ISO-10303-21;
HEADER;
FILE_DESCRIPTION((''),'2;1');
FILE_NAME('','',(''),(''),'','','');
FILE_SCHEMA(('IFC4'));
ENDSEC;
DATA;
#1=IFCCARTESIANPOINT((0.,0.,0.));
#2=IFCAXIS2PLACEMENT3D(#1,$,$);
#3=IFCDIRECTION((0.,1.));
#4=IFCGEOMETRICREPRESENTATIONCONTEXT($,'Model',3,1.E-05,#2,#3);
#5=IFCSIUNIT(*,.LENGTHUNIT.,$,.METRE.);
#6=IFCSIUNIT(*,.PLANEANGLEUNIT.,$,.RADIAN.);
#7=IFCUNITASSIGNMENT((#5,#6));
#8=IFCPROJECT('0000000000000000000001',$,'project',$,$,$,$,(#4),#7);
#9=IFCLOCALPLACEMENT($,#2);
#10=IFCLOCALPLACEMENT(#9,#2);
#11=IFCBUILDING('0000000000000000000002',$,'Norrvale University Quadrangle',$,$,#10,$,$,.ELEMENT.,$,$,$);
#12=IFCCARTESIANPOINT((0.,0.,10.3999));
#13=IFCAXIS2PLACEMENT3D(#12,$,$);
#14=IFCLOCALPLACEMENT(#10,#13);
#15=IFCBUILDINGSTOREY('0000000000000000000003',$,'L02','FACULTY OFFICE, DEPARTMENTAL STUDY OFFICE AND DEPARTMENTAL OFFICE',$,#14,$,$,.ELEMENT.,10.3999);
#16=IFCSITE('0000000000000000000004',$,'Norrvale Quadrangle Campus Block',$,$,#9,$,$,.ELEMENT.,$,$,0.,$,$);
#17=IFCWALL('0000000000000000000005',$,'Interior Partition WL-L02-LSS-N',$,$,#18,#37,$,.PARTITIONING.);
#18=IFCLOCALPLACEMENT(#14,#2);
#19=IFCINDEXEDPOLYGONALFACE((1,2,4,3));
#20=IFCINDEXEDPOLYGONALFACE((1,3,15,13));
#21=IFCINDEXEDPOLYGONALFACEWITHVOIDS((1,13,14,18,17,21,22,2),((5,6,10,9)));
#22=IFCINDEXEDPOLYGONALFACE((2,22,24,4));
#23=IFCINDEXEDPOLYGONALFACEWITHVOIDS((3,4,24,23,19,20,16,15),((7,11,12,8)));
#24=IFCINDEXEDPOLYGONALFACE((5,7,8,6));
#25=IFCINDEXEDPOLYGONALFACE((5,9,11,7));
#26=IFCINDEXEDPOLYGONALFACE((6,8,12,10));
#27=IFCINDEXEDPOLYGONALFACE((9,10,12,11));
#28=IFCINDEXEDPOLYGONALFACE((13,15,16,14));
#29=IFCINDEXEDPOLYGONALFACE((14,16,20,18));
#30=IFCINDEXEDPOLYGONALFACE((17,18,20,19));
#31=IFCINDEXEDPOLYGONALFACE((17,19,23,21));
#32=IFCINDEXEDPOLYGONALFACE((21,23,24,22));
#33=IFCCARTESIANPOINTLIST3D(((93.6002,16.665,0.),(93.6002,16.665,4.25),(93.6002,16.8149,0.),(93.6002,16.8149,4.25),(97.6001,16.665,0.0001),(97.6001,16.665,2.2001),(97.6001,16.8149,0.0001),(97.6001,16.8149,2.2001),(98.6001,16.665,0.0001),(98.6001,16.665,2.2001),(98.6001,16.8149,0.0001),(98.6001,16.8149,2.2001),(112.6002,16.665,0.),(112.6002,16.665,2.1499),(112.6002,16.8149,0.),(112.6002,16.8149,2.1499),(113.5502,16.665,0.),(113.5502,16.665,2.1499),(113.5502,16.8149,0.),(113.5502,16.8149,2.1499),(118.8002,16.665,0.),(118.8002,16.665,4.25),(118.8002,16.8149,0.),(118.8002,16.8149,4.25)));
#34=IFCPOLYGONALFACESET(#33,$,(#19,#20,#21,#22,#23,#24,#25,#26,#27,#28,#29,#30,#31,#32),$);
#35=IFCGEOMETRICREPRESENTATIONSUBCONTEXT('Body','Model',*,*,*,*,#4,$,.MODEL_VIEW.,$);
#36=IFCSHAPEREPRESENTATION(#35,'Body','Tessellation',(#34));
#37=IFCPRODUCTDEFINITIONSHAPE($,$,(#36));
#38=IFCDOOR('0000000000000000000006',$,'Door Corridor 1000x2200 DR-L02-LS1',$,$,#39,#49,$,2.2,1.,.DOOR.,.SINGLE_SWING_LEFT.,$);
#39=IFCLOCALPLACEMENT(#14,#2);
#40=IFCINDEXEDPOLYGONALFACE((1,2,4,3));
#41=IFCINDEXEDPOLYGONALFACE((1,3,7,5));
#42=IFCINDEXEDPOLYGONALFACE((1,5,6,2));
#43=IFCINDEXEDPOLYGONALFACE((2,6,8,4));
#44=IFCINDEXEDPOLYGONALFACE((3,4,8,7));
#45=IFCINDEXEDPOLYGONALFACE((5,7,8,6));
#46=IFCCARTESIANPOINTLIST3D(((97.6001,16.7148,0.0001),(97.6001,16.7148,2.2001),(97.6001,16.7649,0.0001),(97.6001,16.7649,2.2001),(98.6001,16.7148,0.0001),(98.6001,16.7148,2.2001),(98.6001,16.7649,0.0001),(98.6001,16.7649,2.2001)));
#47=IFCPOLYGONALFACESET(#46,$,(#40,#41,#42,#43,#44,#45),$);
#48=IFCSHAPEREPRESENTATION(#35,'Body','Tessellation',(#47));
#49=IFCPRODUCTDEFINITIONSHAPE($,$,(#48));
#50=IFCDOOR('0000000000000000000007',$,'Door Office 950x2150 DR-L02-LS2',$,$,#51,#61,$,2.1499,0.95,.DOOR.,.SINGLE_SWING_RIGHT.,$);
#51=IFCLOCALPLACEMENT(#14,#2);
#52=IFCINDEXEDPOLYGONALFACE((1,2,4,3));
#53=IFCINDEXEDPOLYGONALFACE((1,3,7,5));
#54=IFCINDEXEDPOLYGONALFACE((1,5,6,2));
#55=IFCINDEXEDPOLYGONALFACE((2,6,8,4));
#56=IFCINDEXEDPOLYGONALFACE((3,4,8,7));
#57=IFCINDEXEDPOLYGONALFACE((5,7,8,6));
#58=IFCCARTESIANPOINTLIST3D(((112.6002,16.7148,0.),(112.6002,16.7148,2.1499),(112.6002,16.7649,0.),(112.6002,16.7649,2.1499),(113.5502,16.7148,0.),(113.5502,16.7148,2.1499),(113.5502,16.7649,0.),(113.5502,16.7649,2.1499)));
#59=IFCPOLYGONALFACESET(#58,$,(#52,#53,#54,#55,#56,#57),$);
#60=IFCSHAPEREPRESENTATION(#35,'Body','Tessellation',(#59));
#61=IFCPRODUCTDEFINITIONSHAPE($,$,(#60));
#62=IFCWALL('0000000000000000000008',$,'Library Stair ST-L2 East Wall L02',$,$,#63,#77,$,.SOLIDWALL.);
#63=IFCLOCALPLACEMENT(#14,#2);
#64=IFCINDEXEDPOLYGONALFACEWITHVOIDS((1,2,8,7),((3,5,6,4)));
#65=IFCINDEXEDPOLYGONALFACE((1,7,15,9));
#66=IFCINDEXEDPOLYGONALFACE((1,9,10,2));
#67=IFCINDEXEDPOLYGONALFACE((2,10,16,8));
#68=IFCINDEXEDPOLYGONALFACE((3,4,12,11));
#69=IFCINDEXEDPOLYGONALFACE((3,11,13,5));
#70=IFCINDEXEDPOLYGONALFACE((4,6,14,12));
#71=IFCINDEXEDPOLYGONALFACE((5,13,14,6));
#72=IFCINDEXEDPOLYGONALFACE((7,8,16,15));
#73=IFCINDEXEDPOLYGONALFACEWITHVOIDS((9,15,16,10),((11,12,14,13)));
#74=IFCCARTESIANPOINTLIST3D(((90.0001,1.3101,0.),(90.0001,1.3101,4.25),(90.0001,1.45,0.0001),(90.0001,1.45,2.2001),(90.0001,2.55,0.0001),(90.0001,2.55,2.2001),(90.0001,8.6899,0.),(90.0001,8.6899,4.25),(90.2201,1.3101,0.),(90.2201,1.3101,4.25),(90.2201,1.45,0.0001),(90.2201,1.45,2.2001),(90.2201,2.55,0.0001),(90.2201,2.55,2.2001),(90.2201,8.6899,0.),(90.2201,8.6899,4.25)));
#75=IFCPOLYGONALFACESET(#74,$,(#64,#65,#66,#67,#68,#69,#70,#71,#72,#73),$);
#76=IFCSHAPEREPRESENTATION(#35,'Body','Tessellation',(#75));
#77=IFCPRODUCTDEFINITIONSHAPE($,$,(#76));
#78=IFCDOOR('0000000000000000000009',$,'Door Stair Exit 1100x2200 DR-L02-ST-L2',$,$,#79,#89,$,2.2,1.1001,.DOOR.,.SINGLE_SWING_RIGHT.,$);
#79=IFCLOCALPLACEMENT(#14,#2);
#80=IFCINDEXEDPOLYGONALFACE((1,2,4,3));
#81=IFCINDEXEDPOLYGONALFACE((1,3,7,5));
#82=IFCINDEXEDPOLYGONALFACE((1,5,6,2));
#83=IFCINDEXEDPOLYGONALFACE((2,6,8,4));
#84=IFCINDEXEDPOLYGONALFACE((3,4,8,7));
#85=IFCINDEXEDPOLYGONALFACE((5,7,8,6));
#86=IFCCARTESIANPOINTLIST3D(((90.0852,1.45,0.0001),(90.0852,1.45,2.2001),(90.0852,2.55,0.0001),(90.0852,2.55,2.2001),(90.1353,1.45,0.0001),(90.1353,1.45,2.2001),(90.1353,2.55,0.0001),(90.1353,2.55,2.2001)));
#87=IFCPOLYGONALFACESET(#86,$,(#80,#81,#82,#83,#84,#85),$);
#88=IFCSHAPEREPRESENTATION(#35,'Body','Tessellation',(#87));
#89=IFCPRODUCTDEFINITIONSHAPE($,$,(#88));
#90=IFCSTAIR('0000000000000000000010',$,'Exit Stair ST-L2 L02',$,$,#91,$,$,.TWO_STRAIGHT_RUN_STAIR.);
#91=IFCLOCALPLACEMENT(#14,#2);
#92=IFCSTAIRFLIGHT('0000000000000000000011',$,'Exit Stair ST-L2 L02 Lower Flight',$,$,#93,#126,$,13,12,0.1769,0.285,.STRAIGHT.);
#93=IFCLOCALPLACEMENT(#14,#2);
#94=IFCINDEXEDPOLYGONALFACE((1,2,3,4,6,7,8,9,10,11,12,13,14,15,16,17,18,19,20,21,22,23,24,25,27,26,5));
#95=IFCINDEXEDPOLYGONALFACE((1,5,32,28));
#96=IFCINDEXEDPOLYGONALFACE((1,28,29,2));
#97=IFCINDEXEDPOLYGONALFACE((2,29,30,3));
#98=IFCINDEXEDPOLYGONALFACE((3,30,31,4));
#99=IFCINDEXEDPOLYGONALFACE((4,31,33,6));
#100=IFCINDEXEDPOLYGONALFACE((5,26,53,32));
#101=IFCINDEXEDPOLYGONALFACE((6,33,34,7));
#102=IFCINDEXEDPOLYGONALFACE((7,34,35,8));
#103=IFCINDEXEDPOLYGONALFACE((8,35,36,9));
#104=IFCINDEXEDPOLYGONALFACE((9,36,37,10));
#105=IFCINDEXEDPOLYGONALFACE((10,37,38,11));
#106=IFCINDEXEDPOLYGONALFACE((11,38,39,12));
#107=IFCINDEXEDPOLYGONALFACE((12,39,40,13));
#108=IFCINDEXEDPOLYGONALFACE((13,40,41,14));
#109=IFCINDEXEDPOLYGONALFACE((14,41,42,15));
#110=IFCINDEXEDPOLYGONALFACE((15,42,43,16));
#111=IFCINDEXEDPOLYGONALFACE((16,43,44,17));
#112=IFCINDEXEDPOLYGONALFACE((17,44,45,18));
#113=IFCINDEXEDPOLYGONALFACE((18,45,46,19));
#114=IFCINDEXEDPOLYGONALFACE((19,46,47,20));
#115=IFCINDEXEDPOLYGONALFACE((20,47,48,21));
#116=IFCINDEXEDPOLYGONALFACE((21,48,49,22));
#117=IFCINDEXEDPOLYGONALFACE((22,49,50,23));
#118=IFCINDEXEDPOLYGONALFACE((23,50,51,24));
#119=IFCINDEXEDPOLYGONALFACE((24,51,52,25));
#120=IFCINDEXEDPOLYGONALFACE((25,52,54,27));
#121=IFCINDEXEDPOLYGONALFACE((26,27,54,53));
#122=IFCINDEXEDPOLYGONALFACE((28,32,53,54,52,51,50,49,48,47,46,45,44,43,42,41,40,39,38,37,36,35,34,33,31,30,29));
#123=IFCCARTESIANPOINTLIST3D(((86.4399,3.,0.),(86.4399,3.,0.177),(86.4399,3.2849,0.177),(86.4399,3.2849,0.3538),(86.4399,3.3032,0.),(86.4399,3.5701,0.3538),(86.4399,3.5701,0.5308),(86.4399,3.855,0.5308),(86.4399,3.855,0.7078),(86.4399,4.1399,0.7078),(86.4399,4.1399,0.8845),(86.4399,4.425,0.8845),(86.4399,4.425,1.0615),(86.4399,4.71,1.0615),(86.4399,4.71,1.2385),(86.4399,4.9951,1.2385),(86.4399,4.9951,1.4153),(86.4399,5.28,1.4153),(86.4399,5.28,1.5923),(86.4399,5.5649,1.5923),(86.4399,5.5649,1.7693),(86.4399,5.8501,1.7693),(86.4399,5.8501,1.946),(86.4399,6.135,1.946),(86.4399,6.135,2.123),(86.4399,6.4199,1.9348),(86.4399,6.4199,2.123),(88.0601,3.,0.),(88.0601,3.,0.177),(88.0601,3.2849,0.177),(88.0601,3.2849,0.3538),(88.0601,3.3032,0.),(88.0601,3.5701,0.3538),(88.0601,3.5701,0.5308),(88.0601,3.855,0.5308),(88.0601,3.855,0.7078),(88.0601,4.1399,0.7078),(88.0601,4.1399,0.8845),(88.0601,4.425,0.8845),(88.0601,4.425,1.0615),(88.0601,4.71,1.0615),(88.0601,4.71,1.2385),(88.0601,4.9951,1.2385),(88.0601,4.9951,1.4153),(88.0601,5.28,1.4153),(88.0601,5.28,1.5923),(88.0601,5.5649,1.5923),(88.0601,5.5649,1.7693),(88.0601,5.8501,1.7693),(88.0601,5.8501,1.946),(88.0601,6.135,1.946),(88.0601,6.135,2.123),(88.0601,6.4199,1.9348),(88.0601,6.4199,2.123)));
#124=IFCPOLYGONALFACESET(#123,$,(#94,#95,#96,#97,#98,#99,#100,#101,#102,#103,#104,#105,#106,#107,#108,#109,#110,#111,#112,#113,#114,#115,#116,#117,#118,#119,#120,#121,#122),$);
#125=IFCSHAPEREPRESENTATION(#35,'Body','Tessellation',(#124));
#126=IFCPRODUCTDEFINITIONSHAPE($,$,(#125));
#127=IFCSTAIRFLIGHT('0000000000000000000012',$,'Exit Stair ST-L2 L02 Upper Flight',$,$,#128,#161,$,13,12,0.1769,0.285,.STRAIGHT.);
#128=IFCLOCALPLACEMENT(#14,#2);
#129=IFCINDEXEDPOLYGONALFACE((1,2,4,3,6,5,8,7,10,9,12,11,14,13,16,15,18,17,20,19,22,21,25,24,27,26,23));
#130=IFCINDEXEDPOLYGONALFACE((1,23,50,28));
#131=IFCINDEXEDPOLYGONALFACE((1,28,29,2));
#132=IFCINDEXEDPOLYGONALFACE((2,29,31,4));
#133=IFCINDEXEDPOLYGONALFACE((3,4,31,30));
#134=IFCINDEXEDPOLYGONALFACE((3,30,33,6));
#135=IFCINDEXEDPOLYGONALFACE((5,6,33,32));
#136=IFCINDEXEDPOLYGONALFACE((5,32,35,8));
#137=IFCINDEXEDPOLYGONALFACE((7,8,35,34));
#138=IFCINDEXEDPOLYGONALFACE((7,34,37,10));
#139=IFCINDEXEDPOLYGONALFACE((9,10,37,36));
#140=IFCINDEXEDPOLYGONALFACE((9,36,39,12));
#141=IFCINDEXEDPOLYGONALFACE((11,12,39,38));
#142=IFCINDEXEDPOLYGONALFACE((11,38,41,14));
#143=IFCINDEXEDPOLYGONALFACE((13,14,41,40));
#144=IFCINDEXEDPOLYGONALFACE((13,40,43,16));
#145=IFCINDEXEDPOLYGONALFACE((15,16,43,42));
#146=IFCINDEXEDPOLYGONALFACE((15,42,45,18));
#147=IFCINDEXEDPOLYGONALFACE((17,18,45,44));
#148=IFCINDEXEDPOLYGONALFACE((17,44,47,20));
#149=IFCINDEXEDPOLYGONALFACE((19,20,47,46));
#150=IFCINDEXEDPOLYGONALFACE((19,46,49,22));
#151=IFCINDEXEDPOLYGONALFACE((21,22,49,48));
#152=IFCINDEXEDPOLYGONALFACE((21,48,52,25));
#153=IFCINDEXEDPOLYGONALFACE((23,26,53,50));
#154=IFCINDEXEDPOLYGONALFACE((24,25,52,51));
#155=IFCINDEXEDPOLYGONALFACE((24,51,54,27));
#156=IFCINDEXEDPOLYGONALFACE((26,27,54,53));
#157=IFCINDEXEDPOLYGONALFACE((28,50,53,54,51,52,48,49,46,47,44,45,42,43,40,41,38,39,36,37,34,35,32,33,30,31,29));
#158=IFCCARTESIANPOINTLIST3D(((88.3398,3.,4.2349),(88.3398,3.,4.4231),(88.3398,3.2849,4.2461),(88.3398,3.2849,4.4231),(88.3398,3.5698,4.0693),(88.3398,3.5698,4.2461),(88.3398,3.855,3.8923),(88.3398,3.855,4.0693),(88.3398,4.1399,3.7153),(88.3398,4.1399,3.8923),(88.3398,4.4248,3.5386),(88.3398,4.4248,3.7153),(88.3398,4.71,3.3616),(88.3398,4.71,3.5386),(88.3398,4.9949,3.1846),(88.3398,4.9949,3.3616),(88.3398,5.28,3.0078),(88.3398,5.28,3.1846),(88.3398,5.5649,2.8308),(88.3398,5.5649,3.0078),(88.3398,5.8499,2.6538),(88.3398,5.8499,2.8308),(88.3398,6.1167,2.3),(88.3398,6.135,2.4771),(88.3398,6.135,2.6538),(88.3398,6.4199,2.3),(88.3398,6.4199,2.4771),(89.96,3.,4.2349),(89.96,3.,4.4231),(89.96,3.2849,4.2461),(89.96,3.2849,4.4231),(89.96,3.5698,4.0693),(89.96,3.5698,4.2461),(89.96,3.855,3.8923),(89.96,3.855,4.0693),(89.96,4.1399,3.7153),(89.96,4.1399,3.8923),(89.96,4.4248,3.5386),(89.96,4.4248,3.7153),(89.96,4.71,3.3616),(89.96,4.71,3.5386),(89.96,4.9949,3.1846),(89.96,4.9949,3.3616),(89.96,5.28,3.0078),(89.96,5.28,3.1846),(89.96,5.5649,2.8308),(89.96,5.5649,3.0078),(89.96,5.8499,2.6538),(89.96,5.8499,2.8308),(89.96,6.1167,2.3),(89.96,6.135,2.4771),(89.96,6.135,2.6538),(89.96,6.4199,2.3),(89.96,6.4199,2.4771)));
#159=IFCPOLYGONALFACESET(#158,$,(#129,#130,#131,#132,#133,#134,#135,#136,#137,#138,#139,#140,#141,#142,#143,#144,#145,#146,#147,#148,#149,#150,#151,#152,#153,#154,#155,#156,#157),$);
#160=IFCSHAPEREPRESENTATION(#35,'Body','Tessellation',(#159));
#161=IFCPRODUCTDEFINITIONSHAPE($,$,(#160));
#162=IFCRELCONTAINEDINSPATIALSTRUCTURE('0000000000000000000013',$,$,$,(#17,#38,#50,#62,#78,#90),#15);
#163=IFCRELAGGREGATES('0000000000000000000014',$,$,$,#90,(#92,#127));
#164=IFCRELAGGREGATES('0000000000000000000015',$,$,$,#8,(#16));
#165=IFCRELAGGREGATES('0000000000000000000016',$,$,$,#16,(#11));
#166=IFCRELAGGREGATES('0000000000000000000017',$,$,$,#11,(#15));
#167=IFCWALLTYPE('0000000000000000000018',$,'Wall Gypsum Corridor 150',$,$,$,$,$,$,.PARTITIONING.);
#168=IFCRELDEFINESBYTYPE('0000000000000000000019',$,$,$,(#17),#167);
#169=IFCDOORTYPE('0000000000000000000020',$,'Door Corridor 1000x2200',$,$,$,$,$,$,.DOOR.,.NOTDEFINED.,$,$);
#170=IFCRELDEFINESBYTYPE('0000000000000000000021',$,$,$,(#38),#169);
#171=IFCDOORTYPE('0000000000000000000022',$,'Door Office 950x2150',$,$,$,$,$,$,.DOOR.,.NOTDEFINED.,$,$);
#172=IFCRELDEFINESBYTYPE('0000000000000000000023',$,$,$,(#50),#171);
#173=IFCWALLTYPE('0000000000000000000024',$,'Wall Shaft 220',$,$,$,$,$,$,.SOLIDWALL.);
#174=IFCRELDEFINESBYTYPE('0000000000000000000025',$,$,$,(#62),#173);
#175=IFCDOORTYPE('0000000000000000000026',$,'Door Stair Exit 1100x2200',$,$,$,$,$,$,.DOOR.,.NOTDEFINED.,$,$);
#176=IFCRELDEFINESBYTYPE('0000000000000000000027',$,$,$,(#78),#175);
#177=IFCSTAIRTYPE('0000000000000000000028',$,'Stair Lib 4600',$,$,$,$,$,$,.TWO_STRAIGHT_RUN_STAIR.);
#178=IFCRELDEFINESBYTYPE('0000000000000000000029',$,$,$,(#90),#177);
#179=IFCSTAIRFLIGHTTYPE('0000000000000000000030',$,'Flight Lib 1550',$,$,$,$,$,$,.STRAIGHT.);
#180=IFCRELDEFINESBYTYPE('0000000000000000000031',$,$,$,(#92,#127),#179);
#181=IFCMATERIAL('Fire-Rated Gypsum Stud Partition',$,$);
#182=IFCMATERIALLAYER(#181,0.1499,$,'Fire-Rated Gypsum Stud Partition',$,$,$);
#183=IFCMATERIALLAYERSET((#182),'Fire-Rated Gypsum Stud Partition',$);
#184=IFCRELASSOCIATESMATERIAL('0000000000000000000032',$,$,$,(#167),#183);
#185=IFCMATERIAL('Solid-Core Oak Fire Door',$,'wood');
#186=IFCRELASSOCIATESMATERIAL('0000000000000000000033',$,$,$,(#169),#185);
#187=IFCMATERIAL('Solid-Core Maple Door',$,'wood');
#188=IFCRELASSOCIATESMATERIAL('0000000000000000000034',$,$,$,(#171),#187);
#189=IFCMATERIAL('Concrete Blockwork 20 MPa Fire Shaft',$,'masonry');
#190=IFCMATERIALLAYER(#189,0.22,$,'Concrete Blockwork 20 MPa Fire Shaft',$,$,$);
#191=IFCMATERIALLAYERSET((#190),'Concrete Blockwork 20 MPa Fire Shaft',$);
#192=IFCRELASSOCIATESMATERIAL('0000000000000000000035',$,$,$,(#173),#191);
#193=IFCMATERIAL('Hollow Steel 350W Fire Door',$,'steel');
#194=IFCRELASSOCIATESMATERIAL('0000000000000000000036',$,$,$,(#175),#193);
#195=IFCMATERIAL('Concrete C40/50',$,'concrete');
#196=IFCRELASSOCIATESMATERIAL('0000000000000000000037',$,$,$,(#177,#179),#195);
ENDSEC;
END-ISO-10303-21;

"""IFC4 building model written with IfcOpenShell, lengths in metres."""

from ifc_helpers import new_model, si_unit, direction, frame, frame_2d, origin, place, context, subcontext, project, spatial, polyline, rectangle, outline, extrude, material, layer, layer_set, type_object, element, fill, aggregate, save


model = new_model("IFC4")

# Units and contexts
model_context = context("Model", 3, precision=1e-05, world=origin(), true_north=direction((0.0, 1.0)))
body_context = subcontext(model_context, "Body", "Model", "MODEL_VIEW")
ifc_project = project(units=[si_unit("LENGTHUNIT", "METRE"), si_unit("PLANEANGLEUNIT", "RADIAN")], contexts=[model_context])

# Site, building, storey
site_placement = place(None, origin())
site = spatial("IfcSite", under=ifc_project, at=site_placement, Name="Norrvale Quadrangle Campus Block", CompositionType="ELEMENT", RefElevation=0.0)
building_placement = place(site_placement, origin())
building = spatial("IfcBuilding", under=site, at=building_placement, Name="Norrvale University Quadrangle", CompositionType="ELEMENT")
storey_placement = place(building_placement, frame((0.0, 0.0, 10.3999)))
storey = spatial("IfcBuildingStorey", under=building, at=storey_placement, Name="L02", Description="FACULTY OFFICE, DEPARTMENTAL STUDY OFFICE AND DEPARTMENTAL OFFICE", CompositionType="ELEMENT", Elevation=10.3999)

# Shared definitions
ifc_material_1 = material(Name="Fire-Rated Gypsum Stud Partition")
ifc_layer_1 = layer(ifc_material_1, 0.1499, Name="Fire-Rated Gypsum Stud Partition")
ifc_layer_set_1 = layer_set([ifc_layer_1], Name="Fire-Rated Gypsum Stud Partition")
wall_type_1 = type_object("IfcWallType", Name="Wall Gypsum Corridor 150", PredefinedType="PARTITIONING", material=ifc_layer_set_1)
ifc_material_2 = material(Name="Solid-Core Oak Fire Door", Category="wood")
door_type_1 = type_object("IfcDoorType", Name="Door Corridor 1000x2200", OperationType="NOTDEFINED", PredefinedType="DOOR", material=ifc_material_2)

# Wall, openings, doors
wall_1_placement = place(storey_placement, frame((93.6001, 16.74, 0.0), z_axis=(0.0, 0.0, 1.0), x_axis=(1.0, 0.0, 0.0)))
wall_1 = element("IfcWall", 1, at=wall_1_placement, inside=storey, type_object=wall_type_1, Name="Interior Partition WL-L02-LSS-N", PredefinedType="PARTITIONING", context=body_context, shape_type="SweptSolid", body=[
    extrude(rectangle(XDim=25.2, YDim=0.1499, at=frame_2d((12.6001, 0.0))), origin(), (0.0, 0.0, 1.0), 4.25),
])
opening_1_placement = place(wall_1_placement, frame((4.0, 0.0, 0.0)))
opening_1 = element("IfcOpeningElement", 2, at=opening_1_placement, cuts=wall_1, PredefinedType="OPENING", context=body_context, shape_type="SweptSolid", body=[
    extrude(rectangle(XDim=1.0, YDim=2.2, at=frame_2d((0.5, 1.1001))), frame((0.0, 0.0869, 0.0), z_axis=(0.0, -1.0, 0.0), x_axis=(1.0, 0.0, 0.0)), (0.0, 0.0, 1.0), 0.1738),
])
opening_2_placement = place(wall_1_placement, frame((19.0, 0.0, 0.0)))
opening_2 = element("IfcOpeningElement", 3, at=opening_2_placement, cuts=wall_1, PredefinedType="OPENING", context=body_context, shape_type="SweptSolid", body=[
    extrude(rectangle(XDim=0.95, YDim=2.1499, at=frame_2d((0.4751, 1.075))), frame((0.0, 0.0869, 0.0), z_axis=(0.0, -1.0, 0.0), x_axis=(1.0, 0.0, 0.0)), (0.0, 0.0, 1.0), 0.1738),
])
door_1_placement = place(opening_1_placement, origin())
door_1 = element("IfcDoor", 4, at=door_1_placement, inside=storey, type_object=door_type_1, Name="Door Corridor 1000x2200 DR-L02-LS1", OperationType="SINGLE_SWING_LEFT", OverallHeight=2.2, OverallWidth=1.0, PredefinedType="DOOR", context=body_context, shape_type="SweptSolid", body=[
    extrude(rectangle(XDim=1.0, YDim=2.2, at=frame_2d((0.5, 1.1001))), frame((0.0, 0.0249, 0.0), z_axis=(0.0, -1.0, 0.0), x_axis=(1.0, 0.0, 0.0)), (0.0, 0.0, 1.0), 0.05),
])
fill(opening_1, door_1)
ifc_material_3 = material(Name="Solid-Core Maple Door", Category="wood")
door_type_2 = type_object("IfcDoorType", Name="Door Office 950x2150", OperationType="NOTDEFINED", PredefinedType="DOOR", material=ifc_material_3)
door_2_placement = place(opening_2_placement, origin())
door_2 = element("IfcDoor", 5, at=door_2_placement, inside=storey, type_object=door_type_2, Name="Door Office 950x2150 DR-L02-LS2", OperationType="SINGLE_SWING_RIGHT", OverallHeight=2.1499, OverallWidth=0.95, PredefinedType="DOOR", context=body_context, shape_type="SweptSolid", body=[
    extrude(rectangle(XDim=0.95, YDim=2.1499, at=frame_2d((0.4751, 1.075))), frame((0.0, 0.0249, 0.0), z_axis=(0.0, -1.0, 0.0), x_axis=(1.0, 0.0, 0.0)), (0.0, 0.0, 1.0), 0.05),
])
fill(opening_2, door_2)

# Wall, opening, door
ifc_material_4 = material(Name="Concrete Blockwork 20 MPa Fire Shaft", Category="masonry")
ifc_layer_2 = layer(ifc_material_4, 0.22, Name="Concrete Blockwork 20 MPa Fire Shaft")
ifc_layer_set_2 = layer_set([ifc_layer_2], Name="Concrete Blockwork 20 MPa Fire Shaft")
wall_type_2 = type_object("IfcWallType", Name="Wall Shaft 220", PredefinedType="SOLIDWALL", material=ifc_layer_set_2)
wall_2_placement = place(storey_placement, frame((90.1101, 1.3101, 0.0), z_axis=(0.0, 0.0, 1.0), x_axis=(0.0, 1.0, 0.0)))
wall_2 = element("IfcWall", 6, at=wall_2_placement, inside=storey, type_object=wall_type_2, Name="Library Stair ST-L2 East Wall L02", PredefinedType="SOLIDWALL", context=body_context, shape_type="SweptSolid", body=[
    extrude(rectangle(XDim=7.3799, YDim=0.22, at=frame_2d((3.6899, 0.0))), origin(), (0.0, 0.0, 1.0), 4.25),
])
opening_3_placement = place(wall_2_placement, frame((0.1399, 0.0, 0.0)))
opening_3 = element("IfcOpeningElement", 7, at=opening_3_placement, cuts=wall_2, PredefinedType="OPENING", context=body_context, shape_type="SweptSolid", body=[
    extrude(rectangle(XDim=1.1001, YDim=2.2, at=frame_2d((0.55, 1.1001))), frame((0.0, 0.1221, 0.0), z_axis=(0.0, -1.0, 0.0), x_axis=(1.0, 0.0, 0.0)), (0.0, 0.0, 1.0), 0.2439),
])
ifc_material_5 = material(Name="Hollow Steel 350W Fire Door", Category="steel")
door_type_3 = type_object("IfcDoorType", Name="Door Stair Exit 1100x2200", OperationType="NOTDEFINED", PredefinedType="DOOR", material=ifc_material_5)
door_3_placement = place(opening_3_placement, origin())
door_3 = element("IfcDoor", 8, at=door_3_placement, inside=storey, type_object=door_type_3, Name="Door Stair Exit 1100x2200 DR-L02-ST-L2", OperationType="SINGLE_SWING_RIGHT", OverallHeight=2.2, OverallWidth=1.1001, PredefinedType="DOOR", context=body_context, shape_type="SweptSolid", body=[
    extrude(rectangle(XDim=1.1001, YDim=2.2, at=frame_2d((0.55, 1.1001))), frame((0.0, 0.0249, 0.0), z_axis=(0.0, -1.0, 0.0), x_axis=(1.0, 0.0, 0.0)), (0.0, 0.0, 1.0), 0.05),
])
fill(opening_3, door_3)

# Stair, stair flights
ifc_material_6 = material(Name="Concrete C40/50", Category="concrete")
stair_type = type_object("IfcStairType", Name="Stair Lib 4600", PredefinedType="TWO_STRAIGHT_RUN_STAIR", material=ifc_material_6)
stair_placement = place(storey_placement, origin())
stair = element("IfcStair", 9, at=stair_placement, inside=storey, type_object=stair_type, Name="Exit Stair ST-L2 L02", PredefinedType="TWO_STRAIGHT_RUN_STAIR")
stair_flight_type = type_object("IfcStairFlightType", Name="Flight Lib 1550", PredefinedType="STRAIGHT", material=ifc_material_6)
stair_flight_1_placement = place(storey_placement, frame((87.25, 3.0, 0.0), z_axis=(0.0, 0.0, 1.0), x_axis=(0.0, 1.0, 0.0)))
stair_flight_1 = element("IfcStairFlight", 10, at=stair_flight_1_placement, type_object=stair_flight_type, Name="Exit Stair ST-L2 L02 Lower Flight", NumberOfRisers=13, NumberOfTreads=12, PredefinedType="STRAIGHT", RiserHeight=0.1769, TreadLength=0.285, context=body_context, shape_type="SweptSolid", body=[
    extrude(outline(polyline([(0.0, 0.0), (0.0, 0.177), (0.2849, 0.177), (0.2849, 0.3538), (0.5701, 0.3538), (0.5701, 0.5308), (0.855, 0.5308), (0.855, 0.7078), (1.1399, 0.7078), (1.1399, 0.8845), (1.425, 0.8845), (1.425, 1.0615), (1.71, 1.0615), (1.71, 1.2385), (1.9951, 1.2385), (1.9951, 1.4153), (2.28, 1.4153), (2.28, 1.5923), (2.5649, 1.5923), (2.5649, 1.7693), (2.8501, 1.7693), (2.8501, 1.946), (3.135, 1.946), (3.135, 2.123), (3.4199, 2.123), (3.4199, 2.3), (3.4199, 1.9348), (0.3032, 0.0), (0.0, 0.0)])), frame((0.0, 0.8101, 0.0), z_axis=(0.0, -1.0, 0.0), x_axis=(1.0, 0.0, 0.0)), (0.0, 0.0, 1.0), 1.6201),
])
stair_flight_2_placement = place(storey_placement, frame((89.1499, 6.4199, 2.3), z_axis=(0.0, 0.0, 1.0), x_axis=(0.0, -1.0, 0.0)))
stair_flight_2 = element("IfcStairFlight", 11, at=stair_flight_2_placement, type_object=stair_flight_type, Name="Exit Stair ST-L2 L02 Upper Flight", NumberOfRisers=13, NumberOfTreads=12, PredefinedType="STRAIGHT", RiserHeight=0.1769, TreadLength=0.285, context=body_context, shape_type="SweptSolid", body=[
    extrude(outline(polyline([(0.0, 0.0), (0.0, 0.177), (0.2849, 0.177), (0.2849, 0.3538), (0.5701, 0.3538), (0.5701, 0.5308), (0.855, 0.5308), (0.855, 0.7078), (1.1399, 0.7078), (1.1399, 0.8845), (1.425, 0.8845), (1.425, 1.0615), (1.71, 1.0615), (1.71, 1.2385), (1.9951, 1.2385), (1.9951, 1.4153), (2.28, 1.4153), (2.28, 1.5923), (2.5649, 1.5923), (2.5649, 1.7693), (2.8501, 1.7693), (2.8501, 1.946), (3.135, 1.946), (3.135, 2.123), (3.4199, 2.123), (3.4199, 2.3), (3.4199, 1.9348), (0.3032, 0.0), (0.0, 0.0)])), frame((0.0, 0.8101, 0.0), z_axis=(0.0, -1.0, 0.0), x_axis=(1.0, 0.0, 0.0)), (0.0, 0.0, 1.0), 1.6201),
])
aggregate(stair, [stair_flight_1, stair_flight_2])

save(model, "model.ifc")
